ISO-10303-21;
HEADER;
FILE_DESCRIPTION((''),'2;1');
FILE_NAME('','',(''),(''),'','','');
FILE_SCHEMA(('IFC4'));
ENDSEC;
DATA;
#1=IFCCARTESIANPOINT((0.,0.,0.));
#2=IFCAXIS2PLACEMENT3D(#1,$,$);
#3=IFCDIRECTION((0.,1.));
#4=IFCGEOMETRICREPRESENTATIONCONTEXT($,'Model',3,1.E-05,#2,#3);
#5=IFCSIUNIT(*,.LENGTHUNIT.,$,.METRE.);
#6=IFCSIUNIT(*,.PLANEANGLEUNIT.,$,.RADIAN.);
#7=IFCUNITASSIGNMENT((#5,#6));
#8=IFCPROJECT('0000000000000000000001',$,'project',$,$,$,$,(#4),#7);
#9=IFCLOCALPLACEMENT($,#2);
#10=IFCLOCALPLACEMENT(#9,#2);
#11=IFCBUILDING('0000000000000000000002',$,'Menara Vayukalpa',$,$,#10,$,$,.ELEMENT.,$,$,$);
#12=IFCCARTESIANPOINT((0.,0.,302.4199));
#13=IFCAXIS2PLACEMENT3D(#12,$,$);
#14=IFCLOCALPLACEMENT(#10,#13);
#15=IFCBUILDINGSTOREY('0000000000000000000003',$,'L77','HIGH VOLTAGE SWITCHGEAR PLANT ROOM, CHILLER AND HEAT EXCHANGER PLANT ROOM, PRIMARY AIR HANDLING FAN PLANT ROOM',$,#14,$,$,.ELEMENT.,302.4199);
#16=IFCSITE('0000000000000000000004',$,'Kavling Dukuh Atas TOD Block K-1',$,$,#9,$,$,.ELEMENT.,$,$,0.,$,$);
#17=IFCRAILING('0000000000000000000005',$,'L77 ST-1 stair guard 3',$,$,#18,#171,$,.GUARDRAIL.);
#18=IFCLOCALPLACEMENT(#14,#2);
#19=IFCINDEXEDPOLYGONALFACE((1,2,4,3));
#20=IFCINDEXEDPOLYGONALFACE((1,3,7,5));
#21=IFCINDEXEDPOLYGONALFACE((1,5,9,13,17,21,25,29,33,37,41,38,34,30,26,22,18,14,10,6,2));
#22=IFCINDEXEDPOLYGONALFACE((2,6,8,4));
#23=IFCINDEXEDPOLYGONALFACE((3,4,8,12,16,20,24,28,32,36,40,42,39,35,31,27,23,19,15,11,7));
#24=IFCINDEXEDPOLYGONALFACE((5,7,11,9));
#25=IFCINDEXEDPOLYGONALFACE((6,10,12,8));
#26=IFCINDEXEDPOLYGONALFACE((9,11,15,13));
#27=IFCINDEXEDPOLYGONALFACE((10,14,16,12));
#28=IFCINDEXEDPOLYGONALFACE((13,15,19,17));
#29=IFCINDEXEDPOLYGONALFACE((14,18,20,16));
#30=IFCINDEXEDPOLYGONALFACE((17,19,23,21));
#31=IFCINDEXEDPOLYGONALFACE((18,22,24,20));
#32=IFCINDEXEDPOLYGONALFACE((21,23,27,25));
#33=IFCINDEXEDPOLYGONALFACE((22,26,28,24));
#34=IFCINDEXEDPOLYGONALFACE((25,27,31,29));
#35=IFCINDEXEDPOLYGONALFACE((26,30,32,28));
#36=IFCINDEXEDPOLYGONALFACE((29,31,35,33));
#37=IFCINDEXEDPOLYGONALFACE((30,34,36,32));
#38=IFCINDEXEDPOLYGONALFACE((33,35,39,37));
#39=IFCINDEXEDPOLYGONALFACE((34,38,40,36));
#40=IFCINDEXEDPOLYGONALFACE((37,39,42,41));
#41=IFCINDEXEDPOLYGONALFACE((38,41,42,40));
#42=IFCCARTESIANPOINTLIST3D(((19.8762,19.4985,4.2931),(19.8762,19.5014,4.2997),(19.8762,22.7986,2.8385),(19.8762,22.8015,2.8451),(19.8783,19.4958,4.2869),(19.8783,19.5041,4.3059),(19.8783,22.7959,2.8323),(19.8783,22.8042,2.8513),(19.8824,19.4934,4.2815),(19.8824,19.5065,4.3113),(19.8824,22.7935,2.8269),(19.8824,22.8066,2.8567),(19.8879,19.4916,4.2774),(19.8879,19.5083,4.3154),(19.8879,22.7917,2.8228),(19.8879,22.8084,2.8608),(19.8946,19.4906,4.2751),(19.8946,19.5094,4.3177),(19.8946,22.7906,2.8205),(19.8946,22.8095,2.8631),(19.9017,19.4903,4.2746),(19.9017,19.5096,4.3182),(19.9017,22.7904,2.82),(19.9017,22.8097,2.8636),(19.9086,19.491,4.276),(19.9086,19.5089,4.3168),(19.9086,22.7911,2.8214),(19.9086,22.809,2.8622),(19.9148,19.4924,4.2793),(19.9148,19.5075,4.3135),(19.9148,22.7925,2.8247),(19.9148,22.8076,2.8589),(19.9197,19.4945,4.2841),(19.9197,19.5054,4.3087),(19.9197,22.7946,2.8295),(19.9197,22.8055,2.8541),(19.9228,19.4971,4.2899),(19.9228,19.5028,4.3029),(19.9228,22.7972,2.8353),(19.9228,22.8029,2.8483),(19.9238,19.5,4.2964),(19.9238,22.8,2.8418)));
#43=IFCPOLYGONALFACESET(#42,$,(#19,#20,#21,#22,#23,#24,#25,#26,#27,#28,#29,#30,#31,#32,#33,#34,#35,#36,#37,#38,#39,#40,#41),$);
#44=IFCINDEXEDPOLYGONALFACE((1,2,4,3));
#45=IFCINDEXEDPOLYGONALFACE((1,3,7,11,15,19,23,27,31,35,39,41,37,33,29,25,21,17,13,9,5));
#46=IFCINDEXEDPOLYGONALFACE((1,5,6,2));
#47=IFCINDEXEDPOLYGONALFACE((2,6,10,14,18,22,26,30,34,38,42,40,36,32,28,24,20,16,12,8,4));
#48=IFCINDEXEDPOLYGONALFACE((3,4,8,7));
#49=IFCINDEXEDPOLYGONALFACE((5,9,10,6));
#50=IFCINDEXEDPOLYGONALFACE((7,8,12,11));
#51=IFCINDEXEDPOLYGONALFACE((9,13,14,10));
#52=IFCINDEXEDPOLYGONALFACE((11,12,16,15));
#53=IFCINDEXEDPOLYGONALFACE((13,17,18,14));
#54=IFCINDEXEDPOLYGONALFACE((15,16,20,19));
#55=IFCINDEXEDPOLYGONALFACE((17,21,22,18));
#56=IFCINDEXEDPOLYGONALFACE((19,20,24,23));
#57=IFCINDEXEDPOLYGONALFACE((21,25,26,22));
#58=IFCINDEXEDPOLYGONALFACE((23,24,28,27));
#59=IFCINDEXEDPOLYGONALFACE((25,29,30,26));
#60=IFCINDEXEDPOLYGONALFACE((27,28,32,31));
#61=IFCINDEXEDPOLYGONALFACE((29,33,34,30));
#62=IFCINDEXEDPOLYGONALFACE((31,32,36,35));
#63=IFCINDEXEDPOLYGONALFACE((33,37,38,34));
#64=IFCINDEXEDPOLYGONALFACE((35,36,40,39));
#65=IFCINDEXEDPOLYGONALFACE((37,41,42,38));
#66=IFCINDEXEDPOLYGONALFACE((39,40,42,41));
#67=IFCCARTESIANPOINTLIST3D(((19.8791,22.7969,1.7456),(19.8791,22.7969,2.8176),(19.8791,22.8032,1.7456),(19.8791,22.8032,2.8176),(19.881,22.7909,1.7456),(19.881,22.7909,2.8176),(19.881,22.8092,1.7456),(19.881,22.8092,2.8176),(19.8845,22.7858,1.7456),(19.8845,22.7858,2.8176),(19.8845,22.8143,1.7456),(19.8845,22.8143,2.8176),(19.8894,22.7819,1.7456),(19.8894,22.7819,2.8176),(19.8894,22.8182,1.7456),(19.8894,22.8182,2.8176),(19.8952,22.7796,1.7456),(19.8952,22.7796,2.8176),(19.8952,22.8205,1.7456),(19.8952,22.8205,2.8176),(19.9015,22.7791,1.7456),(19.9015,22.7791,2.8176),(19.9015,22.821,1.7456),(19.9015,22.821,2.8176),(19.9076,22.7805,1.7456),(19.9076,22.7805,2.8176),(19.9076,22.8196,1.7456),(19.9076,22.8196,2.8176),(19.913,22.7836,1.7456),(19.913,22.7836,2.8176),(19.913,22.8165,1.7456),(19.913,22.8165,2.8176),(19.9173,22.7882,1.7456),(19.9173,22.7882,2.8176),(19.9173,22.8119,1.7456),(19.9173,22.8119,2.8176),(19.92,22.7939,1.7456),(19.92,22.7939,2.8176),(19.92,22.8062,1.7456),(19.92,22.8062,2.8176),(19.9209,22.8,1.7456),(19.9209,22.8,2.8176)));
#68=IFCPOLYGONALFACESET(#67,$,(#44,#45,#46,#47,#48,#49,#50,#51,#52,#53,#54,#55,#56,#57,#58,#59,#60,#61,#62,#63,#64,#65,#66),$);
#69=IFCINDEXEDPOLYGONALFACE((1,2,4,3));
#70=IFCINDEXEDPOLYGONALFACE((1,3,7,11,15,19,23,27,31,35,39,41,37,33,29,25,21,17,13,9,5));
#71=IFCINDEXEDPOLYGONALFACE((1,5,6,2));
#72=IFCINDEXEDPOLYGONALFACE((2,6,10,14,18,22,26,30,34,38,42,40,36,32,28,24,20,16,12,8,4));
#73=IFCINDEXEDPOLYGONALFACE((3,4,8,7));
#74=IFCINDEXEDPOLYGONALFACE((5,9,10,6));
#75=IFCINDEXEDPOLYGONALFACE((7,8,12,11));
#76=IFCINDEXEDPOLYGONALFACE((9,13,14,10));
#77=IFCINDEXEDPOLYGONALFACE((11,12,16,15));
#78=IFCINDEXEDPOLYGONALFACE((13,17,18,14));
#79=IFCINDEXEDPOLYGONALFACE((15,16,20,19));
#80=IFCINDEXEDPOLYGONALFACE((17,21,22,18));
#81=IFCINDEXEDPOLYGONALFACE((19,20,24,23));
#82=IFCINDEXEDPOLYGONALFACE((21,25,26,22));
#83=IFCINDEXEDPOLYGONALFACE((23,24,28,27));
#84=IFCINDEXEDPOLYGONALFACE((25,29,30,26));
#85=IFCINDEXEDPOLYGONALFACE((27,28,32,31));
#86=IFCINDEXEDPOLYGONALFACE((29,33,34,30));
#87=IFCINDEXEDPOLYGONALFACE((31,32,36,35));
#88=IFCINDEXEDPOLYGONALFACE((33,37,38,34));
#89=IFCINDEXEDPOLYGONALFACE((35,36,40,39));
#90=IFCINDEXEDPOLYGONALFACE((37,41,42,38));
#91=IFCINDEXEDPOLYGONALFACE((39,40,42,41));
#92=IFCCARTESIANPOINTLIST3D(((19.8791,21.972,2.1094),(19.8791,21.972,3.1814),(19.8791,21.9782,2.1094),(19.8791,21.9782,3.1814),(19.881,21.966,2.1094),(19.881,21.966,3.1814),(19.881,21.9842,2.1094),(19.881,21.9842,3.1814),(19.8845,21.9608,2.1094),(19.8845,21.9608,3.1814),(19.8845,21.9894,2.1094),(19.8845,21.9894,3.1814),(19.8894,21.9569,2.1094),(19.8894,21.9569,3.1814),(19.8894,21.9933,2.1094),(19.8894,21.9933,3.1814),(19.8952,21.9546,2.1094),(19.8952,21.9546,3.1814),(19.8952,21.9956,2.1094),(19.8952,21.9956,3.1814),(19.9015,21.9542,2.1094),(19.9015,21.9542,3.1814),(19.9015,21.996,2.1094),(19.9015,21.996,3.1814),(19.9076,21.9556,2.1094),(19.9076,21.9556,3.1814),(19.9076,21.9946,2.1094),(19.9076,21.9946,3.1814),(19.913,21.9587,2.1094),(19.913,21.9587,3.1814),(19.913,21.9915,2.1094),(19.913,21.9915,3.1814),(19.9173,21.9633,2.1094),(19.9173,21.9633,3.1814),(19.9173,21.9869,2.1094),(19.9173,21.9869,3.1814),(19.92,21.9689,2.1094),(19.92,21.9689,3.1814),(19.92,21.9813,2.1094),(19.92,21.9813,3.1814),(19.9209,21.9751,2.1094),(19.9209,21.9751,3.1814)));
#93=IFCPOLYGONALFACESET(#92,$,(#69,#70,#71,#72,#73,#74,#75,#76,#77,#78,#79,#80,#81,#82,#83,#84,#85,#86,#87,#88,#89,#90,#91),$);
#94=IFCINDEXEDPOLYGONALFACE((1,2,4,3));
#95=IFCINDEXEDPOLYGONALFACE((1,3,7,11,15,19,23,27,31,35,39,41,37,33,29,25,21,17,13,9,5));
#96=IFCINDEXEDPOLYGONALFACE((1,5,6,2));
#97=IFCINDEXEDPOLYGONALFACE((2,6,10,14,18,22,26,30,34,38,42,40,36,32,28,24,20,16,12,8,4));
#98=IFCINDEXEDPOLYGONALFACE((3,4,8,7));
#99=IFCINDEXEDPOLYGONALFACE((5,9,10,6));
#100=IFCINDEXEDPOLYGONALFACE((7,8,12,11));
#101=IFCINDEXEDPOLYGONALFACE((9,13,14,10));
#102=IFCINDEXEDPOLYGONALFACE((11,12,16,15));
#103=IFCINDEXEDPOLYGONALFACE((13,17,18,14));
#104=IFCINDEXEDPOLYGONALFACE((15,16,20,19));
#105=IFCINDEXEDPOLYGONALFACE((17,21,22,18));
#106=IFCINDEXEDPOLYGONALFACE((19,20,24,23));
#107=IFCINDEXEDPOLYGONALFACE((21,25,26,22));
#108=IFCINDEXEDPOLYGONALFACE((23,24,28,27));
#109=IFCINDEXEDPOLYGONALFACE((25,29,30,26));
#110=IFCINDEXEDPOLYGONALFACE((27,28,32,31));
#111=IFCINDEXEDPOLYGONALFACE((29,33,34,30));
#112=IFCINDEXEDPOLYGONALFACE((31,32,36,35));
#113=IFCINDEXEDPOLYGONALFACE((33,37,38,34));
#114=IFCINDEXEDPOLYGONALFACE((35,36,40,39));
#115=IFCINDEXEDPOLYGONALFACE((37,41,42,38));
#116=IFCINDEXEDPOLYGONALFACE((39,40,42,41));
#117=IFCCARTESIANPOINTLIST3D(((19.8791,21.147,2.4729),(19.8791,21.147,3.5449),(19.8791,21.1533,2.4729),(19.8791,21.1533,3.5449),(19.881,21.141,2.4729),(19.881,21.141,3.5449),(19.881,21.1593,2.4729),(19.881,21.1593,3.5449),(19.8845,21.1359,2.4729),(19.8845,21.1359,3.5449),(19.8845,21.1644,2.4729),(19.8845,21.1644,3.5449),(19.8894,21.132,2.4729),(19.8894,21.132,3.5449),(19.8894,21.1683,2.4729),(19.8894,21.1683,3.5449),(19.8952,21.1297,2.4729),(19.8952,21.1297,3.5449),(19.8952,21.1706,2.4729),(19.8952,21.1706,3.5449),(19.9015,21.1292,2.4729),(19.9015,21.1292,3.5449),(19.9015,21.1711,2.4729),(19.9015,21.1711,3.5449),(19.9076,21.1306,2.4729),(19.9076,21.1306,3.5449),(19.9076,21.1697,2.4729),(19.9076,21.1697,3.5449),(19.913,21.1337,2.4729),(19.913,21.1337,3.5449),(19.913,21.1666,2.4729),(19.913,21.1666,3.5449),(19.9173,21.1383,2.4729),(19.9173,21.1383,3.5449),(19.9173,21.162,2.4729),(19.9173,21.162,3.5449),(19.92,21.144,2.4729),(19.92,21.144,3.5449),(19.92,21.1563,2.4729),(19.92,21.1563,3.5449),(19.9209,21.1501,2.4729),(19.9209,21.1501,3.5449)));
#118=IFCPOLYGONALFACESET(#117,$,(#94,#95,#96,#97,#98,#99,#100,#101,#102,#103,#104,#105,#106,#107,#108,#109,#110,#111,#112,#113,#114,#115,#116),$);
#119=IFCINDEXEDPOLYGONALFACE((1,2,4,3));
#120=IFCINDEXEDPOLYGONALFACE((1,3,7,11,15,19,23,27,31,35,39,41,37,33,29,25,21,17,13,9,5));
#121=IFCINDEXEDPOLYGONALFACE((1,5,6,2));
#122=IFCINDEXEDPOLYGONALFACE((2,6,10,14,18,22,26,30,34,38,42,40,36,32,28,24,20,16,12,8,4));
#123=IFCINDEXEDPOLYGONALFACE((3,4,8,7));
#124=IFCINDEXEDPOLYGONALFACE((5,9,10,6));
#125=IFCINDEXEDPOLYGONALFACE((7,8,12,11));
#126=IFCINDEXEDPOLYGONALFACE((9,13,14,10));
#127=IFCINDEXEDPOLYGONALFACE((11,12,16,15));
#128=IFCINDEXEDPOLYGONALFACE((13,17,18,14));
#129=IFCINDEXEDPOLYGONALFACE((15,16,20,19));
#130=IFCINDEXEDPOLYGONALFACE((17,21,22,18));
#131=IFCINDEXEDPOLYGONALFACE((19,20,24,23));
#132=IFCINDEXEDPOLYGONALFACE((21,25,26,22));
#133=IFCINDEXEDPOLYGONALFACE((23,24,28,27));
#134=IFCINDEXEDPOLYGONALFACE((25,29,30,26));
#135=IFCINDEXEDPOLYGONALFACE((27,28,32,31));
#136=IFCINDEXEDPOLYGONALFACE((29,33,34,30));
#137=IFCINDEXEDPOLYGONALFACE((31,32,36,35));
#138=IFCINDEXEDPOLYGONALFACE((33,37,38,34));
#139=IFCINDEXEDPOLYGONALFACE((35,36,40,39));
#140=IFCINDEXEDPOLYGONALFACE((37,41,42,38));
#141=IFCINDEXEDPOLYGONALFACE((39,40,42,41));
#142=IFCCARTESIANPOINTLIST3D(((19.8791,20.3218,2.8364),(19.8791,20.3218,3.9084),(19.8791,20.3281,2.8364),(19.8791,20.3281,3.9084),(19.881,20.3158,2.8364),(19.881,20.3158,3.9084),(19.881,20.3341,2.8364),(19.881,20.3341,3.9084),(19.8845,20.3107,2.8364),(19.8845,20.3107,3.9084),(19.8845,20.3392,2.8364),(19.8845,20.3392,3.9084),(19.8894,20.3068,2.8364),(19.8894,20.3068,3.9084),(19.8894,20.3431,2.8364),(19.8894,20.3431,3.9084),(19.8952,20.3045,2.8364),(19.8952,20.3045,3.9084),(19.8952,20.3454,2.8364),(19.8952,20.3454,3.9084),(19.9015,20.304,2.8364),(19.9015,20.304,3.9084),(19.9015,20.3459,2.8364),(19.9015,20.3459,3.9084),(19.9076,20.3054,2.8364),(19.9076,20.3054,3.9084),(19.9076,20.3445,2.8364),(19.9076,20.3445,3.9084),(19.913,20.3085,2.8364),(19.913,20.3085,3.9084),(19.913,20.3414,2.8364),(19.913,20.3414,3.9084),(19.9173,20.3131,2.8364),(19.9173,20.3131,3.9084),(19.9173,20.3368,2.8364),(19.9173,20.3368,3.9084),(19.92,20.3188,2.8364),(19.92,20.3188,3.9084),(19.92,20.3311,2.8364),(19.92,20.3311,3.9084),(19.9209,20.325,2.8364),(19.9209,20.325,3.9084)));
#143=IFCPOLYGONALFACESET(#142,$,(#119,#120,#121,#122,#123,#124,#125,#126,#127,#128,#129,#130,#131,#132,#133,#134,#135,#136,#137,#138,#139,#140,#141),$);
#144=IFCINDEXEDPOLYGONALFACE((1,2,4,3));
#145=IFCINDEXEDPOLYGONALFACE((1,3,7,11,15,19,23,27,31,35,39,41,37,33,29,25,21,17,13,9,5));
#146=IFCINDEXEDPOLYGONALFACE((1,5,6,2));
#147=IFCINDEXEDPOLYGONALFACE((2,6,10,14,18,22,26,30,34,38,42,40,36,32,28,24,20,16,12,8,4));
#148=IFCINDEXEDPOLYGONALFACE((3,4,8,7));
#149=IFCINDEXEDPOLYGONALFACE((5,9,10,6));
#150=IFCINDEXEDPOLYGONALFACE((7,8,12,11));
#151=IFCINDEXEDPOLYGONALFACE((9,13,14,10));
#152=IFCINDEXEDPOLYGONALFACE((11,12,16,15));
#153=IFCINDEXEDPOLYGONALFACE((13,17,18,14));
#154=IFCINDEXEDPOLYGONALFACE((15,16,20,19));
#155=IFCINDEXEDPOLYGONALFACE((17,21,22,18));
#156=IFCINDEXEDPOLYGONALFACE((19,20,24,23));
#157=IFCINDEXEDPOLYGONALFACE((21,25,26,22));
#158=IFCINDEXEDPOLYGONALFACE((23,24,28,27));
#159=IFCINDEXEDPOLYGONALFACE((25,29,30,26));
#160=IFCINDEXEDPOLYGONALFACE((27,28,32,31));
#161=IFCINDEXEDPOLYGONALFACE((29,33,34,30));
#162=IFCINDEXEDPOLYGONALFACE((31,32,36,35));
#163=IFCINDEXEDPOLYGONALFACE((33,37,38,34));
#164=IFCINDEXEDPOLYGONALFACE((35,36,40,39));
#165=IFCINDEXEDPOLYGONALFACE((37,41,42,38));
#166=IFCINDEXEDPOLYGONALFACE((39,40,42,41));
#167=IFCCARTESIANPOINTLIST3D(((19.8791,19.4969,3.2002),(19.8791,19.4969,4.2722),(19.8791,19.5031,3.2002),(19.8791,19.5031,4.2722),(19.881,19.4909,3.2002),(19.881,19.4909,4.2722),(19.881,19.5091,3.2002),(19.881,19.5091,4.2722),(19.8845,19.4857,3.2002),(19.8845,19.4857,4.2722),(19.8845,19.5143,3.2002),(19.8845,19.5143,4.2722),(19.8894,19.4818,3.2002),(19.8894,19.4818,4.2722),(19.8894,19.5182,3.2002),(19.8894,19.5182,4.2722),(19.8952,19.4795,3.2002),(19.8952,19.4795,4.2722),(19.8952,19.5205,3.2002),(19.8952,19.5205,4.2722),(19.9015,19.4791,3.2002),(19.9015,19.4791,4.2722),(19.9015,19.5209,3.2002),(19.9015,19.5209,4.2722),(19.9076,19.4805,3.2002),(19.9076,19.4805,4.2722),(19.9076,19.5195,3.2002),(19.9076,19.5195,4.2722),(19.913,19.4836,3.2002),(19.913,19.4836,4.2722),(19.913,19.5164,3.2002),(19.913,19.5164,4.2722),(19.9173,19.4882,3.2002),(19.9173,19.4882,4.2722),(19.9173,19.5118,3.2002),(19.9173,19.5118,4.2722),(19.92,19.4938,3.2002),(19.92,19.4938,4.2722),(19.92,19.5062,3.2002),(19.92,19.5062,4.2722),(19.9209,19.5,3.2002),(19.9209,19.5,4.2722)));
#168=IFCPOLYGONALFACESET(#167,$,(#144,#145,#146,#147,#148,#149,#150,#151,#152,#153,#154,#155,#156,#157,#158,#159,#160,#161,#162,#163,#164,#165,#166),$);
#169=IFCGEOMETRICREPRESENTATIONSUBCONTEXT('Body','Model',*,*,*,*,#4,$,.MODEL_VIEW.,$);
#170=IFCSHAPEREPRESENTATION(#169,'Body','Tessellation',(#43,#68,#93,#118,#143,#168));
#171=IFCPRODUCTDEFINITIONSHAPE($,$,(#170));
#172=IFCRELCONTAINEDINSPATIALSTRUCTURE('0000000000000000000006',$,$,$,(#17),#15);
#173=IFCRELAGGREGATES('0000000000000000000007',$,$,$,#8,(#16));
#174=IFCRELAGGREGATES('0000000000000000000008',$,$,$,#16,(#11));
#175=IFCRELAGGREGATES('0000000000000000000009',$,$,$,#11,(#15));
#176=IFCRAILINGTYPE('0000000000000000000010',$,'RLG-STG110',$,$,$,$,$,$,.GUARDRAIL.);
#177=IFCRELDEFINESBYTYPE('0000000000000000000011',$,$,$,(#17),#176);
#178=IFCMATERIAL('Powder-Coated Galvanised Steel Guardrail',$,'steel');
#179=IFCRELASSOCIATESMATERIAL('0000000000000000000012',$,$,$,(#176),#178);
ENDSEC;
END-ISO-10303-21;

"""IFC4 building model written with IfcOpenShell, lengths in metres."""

from ifc_helpers import new_model, si_unit, direction, frame, origin, origin_2d, place, context, subcontext, project, spatial, circle, extrude, material, type_object, element, save


model = new_model("IFC4")

# Units and contexts
model_context = context("Model", 3, precision=1e-05, world=origin(), true_north=direction((0.0, 1.0)))
body_context = subcontext(model_context, "Body", "Model", "MODEL_VIEW")
ifc_project = project(units=[si_unit("LENGTHUNIT", "METRE"), si_unit("PLANEANGLEUNIT", "RADIAN")], contexts=[model_context])

# Site, building, storey
site_placement = place(None, origin())
site = spatial("IfcSite", under=ifc_project, at=site_placement, Name="Kavling Dukuh Atas TOD Block K-1", CompositionType="ELEMENT", RefElevation=0.0)
building_placement = place(site_placement, origin())
building = spatial("IfcBuilding", under=site, at=building_placement, Name="Menara Vayukalpa", CompositionType="ELEMENT")
storey_placement = place(building_placement, frame((0.0, 0.0, 302.4199)))
storey = spatial("IfcBuildingStorey", under=building, at=storey_placement, Name="L77", Description="HIGH VOLTAGE SWITCHGEAR PLANT ROOM, CHILLER AND HEAT EXCHANGER PLANT ROOM, PRIMARY AIR HANDLING FAN PLANT ROOM", CompositionType="ELEMENT", Elevation=302.4199)

# Railing
ifc_material_1 = material(Name="Powder-Coated Galvanised Steel Guardrail", Category="steel")
railing_type_1 = type_object("IfcRailingType", Name="RLG-STG110", PredefinedType="GUARDRAIL", material=ifc_material_1)
railing_1_placement = place(storey_placement, frame((19.8999, 22.8, 1.7456)))
element("IfcRailing", 1, at=railing_1_placement, inside=storey, type_object=railing_type_1, Name="L77 ST-1 stair guard 3", PredefinedType="GUARDRAIL", context=body_context, shape_type="SweptSolid", body=[
    extrude(circle(Radius=0.0239, at=origin_2d()), frame((0.0, 0.0, 1.0962), z_axis=(0.0, -0.915052, 0.403335), x_axis=(1.0, 0.0, 0.0)), (0.0, 0.0, 1.0), 3.6064),
    extrude(circle(Radius=0.021, at=origin_2d()), origin(), (0.0, 0.0, 1.0), 1.072),
    extrude(circle(Radius=0.021, at=origin_2d()), frame((0.0, -0.825, 0.3638)), (0.0, 0.0, 1.0), 1.072),
    extrude(circle(Radius=0.021, at=origin_2d()), frame((0.0, -1.6499, 0.7273)), (0.0, 0.0, 1.0), 1.072),
    extrude(circle(Radius=0.021, at=origin_2d()), frame((0.0, -2.4751, 1.0908)), (0.0, 0.0, 1.0), 1.072),
    extrude(circle(Radius=0.021, at=origin_2d()), frame((0.0, -3.3, 1.4546)), (0.0, 0.0, 1.0), 1.072),
])

save(model, "model.ifc")
